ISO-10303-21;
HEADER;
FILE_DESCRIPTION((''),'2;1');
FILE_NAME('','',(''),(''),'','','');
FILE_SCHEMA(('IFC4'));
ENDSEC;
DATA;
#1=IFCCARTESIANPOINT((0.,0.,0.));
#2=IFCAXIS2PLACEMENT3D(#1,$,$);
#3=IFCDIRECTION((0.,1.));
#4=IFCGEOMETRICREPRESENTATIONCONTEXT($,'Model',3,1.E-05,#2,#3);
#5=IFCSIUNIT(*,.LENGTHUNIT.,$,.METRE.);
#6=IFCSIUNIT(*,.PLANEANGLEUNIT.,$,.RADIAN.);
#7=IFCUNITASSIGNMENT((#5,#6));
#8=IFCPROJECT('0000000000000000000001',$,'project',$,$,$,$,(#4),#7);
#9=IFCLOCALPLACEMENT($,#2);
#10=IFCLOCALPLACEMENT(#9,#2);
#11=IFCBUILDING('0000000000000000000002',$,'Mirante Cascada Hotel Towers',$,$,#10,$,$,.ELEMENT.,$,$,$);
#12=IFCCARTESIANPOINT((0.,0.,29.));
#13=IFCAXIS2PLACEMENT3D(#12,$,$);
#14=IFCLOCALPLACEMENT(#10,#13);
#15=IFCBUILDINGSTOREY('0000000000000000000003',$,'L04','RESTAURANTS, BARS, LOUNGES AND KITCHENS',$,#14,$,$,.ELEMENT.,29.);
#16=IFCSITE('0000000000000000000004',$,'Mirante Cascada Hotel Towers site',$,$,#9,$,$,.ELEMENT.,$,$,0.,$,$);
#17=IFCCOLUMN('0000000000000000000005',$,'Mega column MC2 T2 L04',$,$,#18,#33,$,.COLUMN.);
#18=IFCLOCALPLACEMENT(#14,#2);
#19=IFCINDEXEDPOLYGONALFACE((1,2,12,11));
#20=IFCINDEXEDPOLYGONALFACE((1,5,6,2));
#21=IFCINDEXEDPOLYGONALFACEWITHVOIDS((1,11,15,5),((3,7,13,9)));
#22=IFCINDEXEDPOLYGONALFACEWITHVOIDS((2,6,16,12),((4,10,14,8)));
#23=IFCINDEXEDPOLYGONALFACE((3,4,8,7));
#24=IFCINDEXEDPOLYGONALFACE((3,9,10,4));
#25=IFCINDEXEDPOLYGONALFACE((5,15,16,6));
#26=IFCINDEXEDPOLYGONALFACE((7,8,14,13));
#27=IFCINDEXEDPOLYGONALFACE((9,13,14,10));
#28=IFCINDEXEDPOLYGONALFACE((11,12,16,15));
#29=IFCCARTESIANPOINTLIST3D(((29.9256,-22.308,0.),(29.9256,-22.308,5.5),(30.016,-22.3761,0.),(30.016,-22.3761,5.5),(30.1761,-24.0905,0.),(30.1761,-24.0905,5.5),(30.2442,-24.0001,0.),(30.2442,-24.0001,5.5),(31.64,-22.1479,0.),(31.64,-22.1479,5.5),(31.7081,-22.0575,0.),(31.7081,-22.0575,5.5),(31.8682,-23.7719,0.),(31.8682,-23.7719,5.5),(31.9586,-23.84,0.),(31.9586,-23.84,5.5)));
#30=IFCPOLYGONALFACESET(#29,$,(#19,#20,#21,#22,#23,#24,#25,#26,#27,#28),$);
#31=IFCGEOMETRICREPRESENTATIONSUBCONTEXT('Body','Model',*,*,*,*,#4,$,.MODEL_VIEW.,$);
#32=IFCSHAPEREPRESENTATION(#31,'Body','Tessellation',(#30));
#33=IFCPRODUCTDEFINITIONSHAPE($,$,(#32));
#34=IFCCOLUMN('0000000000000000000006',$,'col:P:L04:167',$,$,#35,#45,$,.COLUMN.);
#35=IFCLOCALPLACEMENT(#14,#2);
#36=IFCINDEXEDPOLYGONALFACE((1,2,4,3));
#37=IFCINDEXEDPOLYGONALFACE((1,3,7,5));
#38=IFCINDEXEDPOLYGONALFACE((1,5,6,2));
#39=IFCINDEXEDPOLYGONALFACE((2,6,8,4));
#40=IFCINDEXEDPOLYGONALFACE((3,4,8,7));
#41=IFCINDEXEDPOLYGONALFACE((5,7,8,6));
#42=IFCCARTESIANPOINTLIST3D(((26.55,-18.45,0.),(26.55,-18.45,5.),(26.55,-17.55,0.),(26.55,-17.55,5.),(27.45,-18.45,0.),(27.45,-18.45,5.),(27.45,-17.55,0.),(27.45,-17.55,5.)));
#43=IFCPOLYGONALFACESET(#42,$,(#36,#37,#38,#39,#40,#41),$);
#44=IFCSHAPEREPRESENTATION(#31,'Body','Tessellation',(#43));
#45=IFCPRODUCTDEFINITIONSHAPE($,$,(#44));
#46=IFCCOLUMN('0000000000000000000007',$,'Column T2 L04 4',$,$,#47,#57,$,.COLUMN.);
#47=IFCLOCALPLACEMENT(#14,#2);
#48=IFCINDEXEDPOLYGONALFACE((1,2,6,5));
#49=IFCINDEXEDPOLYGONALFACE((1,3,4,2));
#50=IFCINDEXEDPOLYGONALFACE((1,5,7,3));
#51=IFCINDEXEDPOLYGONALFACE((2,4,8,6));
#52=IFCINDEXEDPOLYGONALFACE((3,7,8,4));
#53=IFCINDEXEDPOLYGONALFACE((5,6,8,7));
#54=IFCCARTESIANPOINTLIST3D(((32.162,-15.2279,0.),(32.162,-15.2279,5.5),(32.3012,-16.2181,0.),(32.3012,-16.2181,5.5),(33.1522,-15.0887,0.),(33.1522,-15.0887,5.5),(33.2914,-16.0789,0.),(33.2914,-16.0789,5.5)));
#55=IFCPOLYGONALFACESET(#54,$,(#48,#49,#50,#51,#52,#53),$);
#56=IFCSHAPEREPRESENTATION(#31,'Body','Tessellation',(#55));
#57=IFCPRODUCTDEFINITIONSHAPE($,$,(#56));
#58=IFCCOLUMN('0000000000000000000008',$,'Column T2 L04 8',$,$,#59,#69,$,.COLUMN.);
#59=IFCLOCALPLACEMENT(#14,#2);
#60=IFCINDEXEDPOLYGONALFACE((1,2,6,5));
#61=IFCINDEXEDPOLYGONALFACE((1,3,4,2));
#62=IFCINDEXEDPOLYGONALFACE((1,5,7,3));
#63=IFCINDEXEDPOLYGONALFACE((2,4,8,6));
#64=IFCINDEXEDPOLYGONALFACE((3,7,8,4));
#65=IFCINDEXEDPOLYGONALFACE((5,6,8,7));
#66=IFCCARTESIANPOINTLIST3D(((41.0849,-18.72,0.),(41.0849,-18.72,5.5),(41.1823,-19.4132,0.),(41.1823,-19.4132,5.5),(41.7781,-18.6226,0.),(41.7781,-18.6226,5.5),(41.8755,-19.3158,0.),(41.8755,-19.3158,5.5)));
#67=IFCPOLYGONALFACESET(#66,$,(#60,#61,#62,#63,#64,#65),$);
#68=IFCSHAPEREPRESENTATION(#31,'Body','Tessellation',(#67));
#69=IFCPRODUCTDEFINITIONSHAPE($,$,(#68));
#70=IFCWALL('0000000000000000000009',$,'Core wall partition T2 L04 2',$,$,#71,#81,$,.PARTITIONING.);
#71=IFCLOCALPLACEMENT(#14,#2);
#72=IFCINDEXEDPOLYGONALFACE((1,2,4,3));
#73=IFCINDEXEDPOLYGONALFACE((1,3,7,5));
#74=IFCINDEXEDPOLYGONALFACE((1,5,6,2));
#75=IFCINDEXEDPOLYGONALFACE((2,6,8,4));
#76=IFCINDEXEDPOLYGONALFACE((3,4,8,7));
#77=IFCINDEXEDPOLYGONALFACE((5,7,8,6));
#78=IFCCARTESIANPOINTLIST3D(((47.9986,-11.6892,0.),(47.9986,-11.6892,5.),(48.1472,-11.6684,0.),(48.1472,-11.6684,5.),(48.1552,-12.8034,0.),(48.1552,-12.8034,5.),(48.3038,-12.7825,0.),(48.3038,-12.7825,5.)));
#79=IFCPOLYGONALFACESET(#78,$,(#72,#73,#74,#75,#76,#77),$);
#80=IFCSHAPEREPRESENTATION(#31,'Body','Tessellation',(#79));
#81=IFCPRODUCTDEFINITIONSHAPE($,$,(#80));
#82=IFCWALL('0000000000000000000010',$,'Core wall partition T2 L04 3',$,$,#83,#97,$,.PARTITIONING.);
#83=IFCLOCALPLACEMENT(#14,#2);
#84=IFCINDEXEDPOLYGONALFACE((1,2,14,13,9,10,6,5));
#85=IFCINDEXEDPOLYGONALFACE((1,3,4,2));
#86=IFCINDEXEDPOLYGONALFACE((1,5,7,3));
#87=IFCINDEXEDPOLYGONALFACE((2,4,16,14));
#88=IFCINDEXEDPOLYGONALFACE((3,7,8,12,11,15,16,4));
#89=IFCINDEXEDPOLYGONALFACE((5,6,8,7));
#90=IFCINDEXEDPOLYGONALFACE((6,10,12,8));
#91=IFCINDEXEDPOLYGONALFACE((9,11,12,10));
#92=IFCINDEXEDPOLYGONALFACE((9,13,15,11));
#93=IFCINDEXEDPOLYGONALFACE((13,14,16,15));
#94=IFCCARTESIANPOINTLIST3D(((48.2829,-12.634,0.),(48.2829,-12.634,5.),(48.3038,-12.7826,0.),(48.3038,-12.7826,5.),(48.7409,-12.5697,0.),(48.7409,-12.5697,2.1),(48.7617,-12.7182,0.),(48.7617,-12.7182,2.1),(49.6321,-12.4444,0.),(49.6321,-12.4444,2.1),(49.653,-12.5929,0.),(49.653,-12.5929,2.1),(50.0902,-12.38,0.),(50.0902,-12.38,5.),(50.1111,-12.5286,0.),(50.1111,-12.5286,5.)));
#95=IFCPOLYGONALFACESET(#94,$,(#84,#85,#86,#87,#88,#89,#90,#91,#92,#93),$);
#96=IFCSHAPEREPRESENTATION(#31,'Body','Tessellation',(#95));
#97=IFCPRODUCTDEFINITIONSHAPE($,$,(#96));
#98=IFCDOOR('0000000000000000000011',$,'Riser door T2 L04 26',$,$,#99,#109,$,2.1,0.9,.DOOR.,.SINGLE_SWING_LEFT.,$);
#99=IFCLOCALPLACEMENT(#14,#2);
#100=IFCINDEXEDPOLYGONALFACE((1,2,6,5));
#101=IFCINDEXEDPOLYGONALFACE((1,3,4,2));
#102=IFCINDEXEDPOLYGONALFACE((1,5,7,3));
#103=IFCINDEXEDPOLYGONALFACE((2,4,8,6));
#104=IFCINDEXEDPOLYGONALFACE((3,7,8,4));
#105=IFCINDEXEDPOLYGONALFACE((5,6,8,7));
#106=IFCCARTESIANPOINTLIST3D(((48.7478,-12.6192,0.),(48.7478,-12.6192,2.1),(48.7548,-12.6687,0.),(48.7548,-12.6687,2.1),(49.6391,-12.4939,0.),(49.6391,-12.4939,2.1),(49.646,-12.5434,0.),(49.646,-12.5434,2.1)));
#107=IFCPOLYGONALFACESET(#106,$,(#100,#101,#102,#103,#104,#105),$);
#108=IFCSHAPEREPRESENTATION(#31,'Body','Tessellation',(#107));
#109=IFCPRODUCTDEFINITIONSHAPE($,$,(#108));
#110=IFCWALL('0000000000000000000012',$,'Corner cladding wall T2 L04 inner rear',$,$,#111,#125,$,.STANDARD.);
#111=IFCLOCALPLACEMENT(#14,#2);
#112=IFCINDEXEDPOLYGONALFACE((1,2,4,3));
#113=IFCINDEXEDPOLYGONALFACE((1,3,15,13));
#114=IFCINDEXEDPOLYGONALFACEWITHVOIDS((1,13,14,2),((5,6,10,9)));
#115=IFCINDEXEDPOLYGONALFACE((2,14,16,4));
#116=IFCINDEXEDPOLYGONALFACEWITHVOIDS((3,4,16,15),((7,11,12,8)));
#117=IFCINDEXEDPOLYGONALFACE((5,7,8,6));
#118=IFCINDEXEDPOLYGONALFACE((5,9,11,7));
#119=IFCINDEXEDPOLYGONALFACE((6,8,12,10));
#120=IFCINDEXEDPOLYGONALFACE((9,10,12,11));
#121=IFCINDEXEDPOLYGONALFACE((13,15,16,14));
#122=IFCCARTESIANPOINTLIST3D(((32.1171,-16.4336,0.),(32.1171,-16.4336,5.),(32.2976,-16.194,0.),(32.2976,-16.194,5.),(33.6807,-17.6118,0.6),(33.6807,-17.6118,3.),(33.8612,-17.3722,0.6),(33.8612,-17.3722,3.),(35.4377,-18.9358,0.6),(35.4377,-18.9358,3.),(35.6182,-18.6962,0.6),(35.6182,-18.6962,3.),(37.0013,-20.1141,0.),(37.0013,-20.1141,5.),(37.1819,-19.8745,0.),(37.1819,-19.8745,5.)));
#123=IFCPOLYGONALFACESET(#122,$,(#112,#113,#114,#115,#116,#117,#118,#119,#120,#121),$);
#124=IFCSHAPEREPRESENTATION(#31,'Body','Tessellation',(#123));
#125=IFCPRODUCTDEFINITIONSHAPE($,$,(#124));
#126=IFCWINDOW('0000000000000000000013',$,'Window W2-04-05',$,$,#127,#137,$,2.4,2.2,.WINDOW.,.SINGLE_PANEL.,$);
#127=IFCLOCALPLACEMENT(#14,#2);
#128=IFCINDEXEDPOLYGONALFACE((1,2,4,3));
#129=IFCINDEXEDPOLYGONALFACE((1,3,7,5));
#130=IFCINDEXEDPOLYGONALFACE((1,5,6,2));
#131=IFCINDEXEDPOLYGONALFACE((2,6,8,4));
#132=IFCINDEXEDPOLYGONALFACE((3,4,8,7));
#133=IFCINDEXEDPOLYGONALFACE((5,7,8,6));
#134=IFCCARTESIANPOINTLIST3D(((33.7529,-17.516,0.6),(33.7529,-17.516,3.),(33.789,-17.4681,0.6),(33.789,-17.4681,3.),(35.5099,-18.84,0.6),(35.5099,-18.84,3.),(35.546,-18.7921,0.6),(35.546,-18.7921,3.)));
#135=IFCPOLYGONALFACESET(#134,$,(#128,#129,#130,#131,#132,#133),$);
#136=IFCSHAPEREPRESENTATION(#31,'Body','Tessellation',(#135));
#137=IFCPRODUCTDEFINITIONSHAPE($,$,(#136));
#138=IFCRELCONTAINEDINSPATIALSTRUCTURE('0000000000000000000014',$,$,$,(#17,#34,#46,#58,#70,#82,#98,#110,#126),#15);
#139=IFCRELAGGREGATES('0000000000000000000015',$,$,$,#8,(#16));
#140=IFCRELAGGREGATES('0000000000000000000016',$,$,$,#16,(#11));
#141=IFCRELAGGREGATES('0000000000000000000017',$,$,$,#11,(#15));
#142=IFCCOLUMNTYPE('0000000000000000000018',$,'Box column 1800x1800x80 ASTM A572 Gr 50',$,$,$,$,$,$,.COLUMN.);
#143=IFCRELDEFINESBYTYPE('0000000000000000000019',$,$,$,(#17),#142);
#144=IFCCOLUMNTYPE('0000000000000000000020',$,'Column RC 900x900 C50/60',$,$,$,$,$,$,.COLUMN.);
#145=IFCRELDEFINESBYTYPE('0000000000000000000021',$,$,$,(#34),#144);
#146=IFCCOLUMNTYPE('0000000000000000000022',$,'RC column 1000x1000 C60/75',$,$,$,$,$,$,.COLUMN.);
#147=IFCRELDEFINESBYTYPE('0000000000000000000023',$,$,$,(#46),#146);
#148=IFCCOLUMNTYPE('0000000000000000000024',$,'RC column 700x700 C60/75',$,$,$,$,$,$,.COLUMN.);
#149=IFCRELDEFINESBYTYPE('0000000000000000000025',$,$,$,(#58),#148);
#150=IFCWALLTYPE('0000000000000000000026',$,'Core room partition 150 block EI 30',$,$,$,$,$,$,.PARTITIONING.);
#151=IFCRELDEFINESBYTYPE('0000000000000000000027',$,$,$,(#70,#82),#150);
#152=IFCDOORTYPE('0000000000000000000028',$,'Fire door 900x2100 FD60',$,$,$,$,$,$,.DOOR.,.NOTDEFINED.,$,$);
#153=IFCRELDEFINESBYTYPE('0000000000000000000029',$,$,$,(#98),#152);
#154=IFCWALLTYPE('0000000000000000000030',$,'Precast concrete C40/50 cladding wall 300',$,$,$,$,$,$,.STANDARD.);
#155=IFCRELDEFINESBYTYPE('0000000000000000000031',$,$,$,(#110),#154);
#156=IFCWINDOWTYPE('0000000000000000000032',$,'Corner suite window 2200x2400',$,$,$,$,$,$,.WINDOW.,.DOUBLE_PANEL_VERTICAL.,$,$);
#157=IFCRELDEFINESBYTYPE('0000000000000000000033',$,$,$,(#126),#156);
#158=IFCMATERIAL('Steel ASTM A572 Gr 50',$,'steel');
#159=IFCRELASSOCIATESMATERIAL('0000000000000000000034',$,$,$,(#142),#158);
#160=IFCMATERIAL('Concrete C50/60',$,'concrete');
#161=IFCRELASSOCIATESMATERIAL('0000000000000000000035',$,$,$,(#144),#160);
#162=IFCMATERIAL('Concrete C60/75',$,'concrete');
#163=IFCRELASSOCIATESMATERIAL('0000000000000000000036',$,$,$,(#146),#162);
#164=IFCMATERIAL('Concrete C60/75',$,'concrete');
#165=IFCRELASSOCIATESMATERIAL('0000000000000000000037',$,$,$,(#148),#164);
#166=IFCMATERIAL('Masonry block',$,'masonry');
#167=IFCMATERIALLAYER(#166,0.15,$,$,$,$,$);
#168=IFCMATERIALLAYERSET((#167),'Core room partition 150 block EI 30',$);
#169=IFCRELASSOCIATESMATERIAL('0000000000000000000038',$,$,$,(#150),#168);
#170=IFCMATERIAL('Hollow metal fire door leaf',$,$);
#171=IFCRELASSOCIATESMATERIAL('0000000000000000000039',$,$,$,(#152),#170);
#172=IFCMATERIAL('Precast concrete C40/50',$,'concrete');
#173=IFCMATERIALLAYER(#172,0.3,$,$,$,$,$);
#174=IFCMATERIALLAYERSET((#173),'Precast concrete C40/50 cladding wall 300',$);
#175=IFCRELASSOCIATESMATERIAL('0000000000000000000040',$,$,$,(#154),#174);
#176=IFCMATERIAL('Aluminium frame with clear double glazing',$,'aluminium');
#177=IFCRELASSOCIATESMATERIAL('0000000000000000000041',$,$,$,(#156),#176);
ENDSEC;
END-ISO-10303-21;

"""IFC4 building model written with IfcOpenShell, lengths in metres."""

from ifc_helpers import new_model, si_unit, direction, frame, frame_2d, origin, origin_2d, place, context, subcontext, project, spatial, rectangle, hollow_rectangle, extrude, material, layer, layer_set, material_profile, profile_set, type_object, element, fill, save


model = new_model("IFC4")

# Units and contexts
model_context = context("Model", 3, precision=1e-05, world=origin(), true_north=direction((0.0, 1.0)))
body_context = subcontext(model_context, "Body", "Model", "MODEL_VIEW")
ifc_project = project(units=[si_unit("LENGTHUNIT", "METRE"), si_unit("PLANEANGLEUNIT", "RADIAN")], contexts=[model_context])

# Site, building, storey
site_placement = place(None, origin())
site = spatial("IfcSite", under=ifc_project, at=site_placement, Name="Mirante Cascada Hotel Towers site", CompositionType="ELEMENT", RefElevation=0.0)
building_placement = place(site_placement, origin())
building = spatial("IfcBuilding", under=site, at=building_placement, Name="Mirante Cascada Hotel Towers", CompositionType="ELEMENT")
storey_placement = place(building_placement, frame((0.0, 0.0, 29.0)))
storey = spatial("IfcBuildingStorey", under=building, at=storey_placement, Name="L04", Description="RESTAURANTS, BARS, LOUNGES AND KITCHENS", CompositionType="ELEMENT", Elevation=29.0)

# Columns
ifc_material_1 = material(Name="Steel ASTM A572 Gr 50", Category="steel")
ifc_material_profile_1 = material_profile(ifc_material_1, hollow_rectangle(XDim=1.8, YDim=1.8, WallThickness=0.08, at=origin_2d()), Name="Box column 1800x1800x80 ASTM A572 Gr 50")
ifc_profile_set_1 = profile_set([ifc_material_profile_1], Name="Steel ASTM A572 Gr 50")
column_type_1 = type_object("IfcColumnType", Name="Box column 1800x1800x80 ASTM A572 Gr 50", PredefinedType="COLUMN", material=ifc_profile_set_1)
column_1_placement = place(storey_placement, frame((30.9421, -23.074, 0.0), z_axis=(0.0, 0.0, 1.0), x_axis=(0.990268, 0.139173, 0.0)))
element("IfcColumn", 1, at=column_1_placement, inside=storey, type_object=column_type_1, Name="Mega column MC2 T2 L04", PredefinedType="COLUMN", context=body_context, shape_type="SweptSolid", body=[
    extrude(hollow_rectangle(XDim=1.8, YDim=1.8, WallThickness=0.08, at=origin_2d()), origin(), (0.0, 0.0, 1.0), 5.5),
])
ifc_material_2 = material(Name="Concrete C50/60", Category="concrete")
ifc_material_profile_2 = material_profile(ifc_material_2, rectangle(XDim=0.9, YDim=0.9, at=origin_2d()), Name="RC 900x900")
ifc_profile_set_2 = profile_set([ifc_material_profile_2], Name="Concrete C50/60")
column_type_2 = type_object("IfcColumnType", Name="Column RC 900x900 C50/60", PredefinedType="COLUMN", material=ifc_profile_set_2)
column_2_placement = place(storey_placement, frame((27.0, -18.0, 0.0), z_axis=(0.0, 0.0, 1.0), x_axis=(1.0, 0.0, 0.0)))
element("IfcColumn", 2, at=column_2_placement, inside=storey, type_object=column_type_2, Name="col:P:L04:167", PredefinedType="COLUMN", context=body_context, shape_type="SweptSolid", body=[
    extrude(rectangle(XDim=0.9, YDim=0.9, at=origin_2d()), origin(), (0.0, 0.0, 1.0), 5.0),
])
ifc_material_3 = material(Name="Concrete C60/75", Category="concrete")
ifc_material_profile_3 = material_profile(ifc_material_3, rectangle(XDim=1.0, YDim=1.0, at=origin_2d()), Name="RC column 1000x1000 C60/75")
ifc_profile_set_3 = profile_set([ifc_material_profile_3], Name="Concrete C60/75")
column_type_3 = type_object("IfcColumnType", Name="RC column 1000x1000 C60/75", PredefinedType="COLUMN", material=ifc_profile_set_3)
column_3_placement = place(storey_placement, frame((32.7267, -15.6534, 0.0), z_axis=(0.0, 0.0, 1.0), x_axis=(0.990268, 0.139173, 0.0)))
element("IfcColumn", 3, at=column_3_placement, inside=storey, type_object=column_type_3, Name="Column T2 L04 4", PredefinedType="COLUMN", context=body_context, shape_type="SweptSolid", body=[
    extrude(rectangle(XDim=1.0, YDim=1.0, at=origin_2d()), origin(), (0.0, 0.0, 1.0), 5.5),
])
ifc_material_4 = material(Name="Concrete C60/75", Category="concrete")
ifc_material_profile_4 = material_profile(ifc_material_4, rectangle(XDim=0.7, YDim=0.7, at=origin_2d()), Name="RC column 700x700 C60/75")
ifc_profile_set_4 = profile_set([ifc_material_profile_4], Name="Concrete C60/75")
column_type_4 = type_object("IfcColumnType", Name="RC column 700x700 C60/75", PredefinedType="COLUMN", material=ifc_profile_set_4)
column_4_placement = place(storey_placement, frame((41.4802, -19.0179, 0.0), z_axis=(0.0, 0.0, 1.0), x_axis=(0.990268, 0.139173, 0.0)))
element("IfcColumn", 4, at=column_4_placement, inside=storey, type_object=column_type_4, Name="Column T2 L04 8", PredefinedType="COLUMN", context=body_context, shape_type="SweptSolid", body=[
    extrude(rectangle(XDim=0.7, YDim=0.7, at=origin_2d()), origin(), (0.0, 0.0, 1.0), 5.5),
])

# Wall
ifc_material_5 = material(Name="Masonry block", Category="masonry")
ifc_layer_1 = layer(ifc_material_5, 0.15)
ifc_layer_set_1 = layer_set([ifc_layer_1], Name="Core room partition 150 block EI 30")
wall_type_1 = type_object("IfcWallType", Name="Core room partition 150 block EI 30", PredefinedType="PARTITIONING", material=ifc_layer_set_1)
wall_1_placement = place(storey_placement, frame((48.2295, -12.793, 0.0), z_axis=(0.0, 0.0, 1.0), x_axis=(-0.139193, 0.990265, 0.0)))
element("IfcWall", 5, at=wall_1_placement, inside=storey, type_object=wall_type_1, Name="Core wall partition T2 L04 2", PredefinedType="PARTITIONING", context=body_context, shape_type="SweptSolid", body=[
    extrude(rectangle(XDim=1.1251, YDim=0.15, at=frame_2d((0.5626, 0.0))), origin(), (0.0, 0.0, 1.0), 5.0),
])

# Wall, opening, door
wall_2_placement = place(storey_placement, frame((48.2933, -12.7083, 0.0), z_axis=(0.0, 0.0, 1.0), x_axis=(0.990268, 0.139173, 0.0)))
wall_2 = element("IfcWall", 6, at=wall_2_placement, inside=storey, type_object=wall_type_1, Name="Core wall partition T2 L04 3", PredefinedType="PARTITIONING", context=body_context, shape_type="SweptSolid", body=[
    extrude(rectangle(XDim=1.8251, YDim=0.15, at=frame_2d((0.9126, 0.0))), origin(), (0.0, 0.0, 1.0), 5.0),
])
opening_1_placement = place(wall_2_placement, frame((0.4625, 0.0, 0.0)))
opening_1 = element("IfcOpeningElement", 7, at=opening_1_placement, cuts=wall_2, PredefinedType="OPENING", context=body_context, shape_type="SweptSolid", body=[
    extrude(rectangle(XDim=0.9, YDim=2.1, at=frame_2d((0.45, 1.05))), frame((0.0, 0.075, 0.0), z_axis=(0.0, -1.0, 0.0), x_axis=(1.0, 0.0, 0.0)), (0.0, 0.0, 1.0), 0.15),
])
ifc_material_6 = material(Name="Hollow metal fire door leaf")
door_type_1 = type_object("IfcDoorType", Name="Fire door 900x2100 FD60", OperationType="NOTDEFINED", PredefinedType="DOOR", material=ifc_material_6)
door_1_placement = place(opening_1_placement, frame((0.9, 0.0, 0.0), z_axis=(0.0, 0.0, 1.0), x_axis=(-1.0, 0.0, 0.0)))
door_1 = element("IfcDoor", 8, at=door_1_placement, inside=storey, type_object=door_type_1, Name="Riser door T2 L04 26", OperationType="SINGLE_SWING_LEFT", OverallHeight=2.1, OverallWidth=0.9, PredefinedType="DOOR", context=body_context, shape_type="SweptSolid", body=[
    extrude(rectangle(XDim=0.9, YDim=2.1, at=frame_2d((0.45, 1.05))), frame((0.0, 0.025, 0.0), z_axis=(0.0, -1.0, 0.0), x_axis=(1.0, 0.0, 0.0)), (0.0, 0.0, 1.0), 0.05),
])
fill(opening_1, door_1)

# Wall, opening, window
ifc_material_7 = material(Name="Precast concrete C40/50", Category="concrete")
ifc_layer_2 = layer(ifc_material_7, 0.3)
ifc_layer_set_2 = layer_set([ifc_layer_2], Name="Precast concrete C40/50 cladding wall 300")
wall_type_2 = type_object("IfcWallType", Name="Precast concrete C40/50 cladding wall 300", PredefinedType="STANDARD", material=ifc_layer_set_2)
wall_3_placement = place(storey_placement, frame((32.2074, -16.3138, 0.0), z_axis=(0.0, 0.0, 1.0), x_axis=(0.798636, -0.601814, 0.0)))
wall_3 = element("IfcWall", 9, at=wall_3_placement, inside=storey, type_object=wall_type_2, Name="Corner cladding wall T2 L04 inner rear", PredefinedType="STANDARD", context=body_context, shape_type="SweptSolid", body=[
    extrude(rectangle(XDim=6.1157, YDim=0.3, at=frame_2d((3.0578, 0.0))), origin(), (0.0, 0.0, 1.0), 5.0),
])
opening_2_placement = place(wall_3_placement, frame((1.9578, 0.0, 0.6)))
opening_2 = element("IfcOpeningElement", 10, at=opening_2_placement, cuts=wall_3, PredefinedType="OPENING", context=body_context, shape_type="SweptSolid", body=[
    extrude(rectangle(XDim=2.2, YDim=2.4, at=frame_2d((1.1, 1.2))), frame((0.0, 0.15, 0.0), z_axis=(0.0, -1.0, 0.0), x_axis=(1.0, 0.0, 0.0)), (0.0, 0.0, 1.0), 0.3),
])
ifc_material_8 = material(Name="Aluminium frame with clear double glazing", Category="aluminium")
window_type_1 = type_object("IfcWindowType", Name="Corner suite window 2200x2400", PartitioningType="DOUBLE_PANEL_VERTICAL", PredefinedType="WINDOW", material=ifc_material_8)
window_1_placement = place(opening_2_placement, origin())
window_1 = element("IfcWindow", 11, at=window_1_placement, inside=storey, type_object=window_type_1, Name="Window W2-04-05", OverallHeight=2.4, OverallWidth=2.2, PartitioningType="SINGLE_PANEL", PredefinedType="WINDOW", context=body_context, shape_type="SweptSolid", body=[
    extrude(rectangle(XDim=2.2, YDim=2.4, at=frame_2d((1.1, 1.2))), frame((0.0, 0.03, 0.0), z_axis=(0.0, -1.0, 0.0), x_axis=(1.0, 0.0, 0.0)), (0.0, 0.0, 1.0), 0.06),
])
fill(opening_2, window_1)

save(model, "model.ifc")
